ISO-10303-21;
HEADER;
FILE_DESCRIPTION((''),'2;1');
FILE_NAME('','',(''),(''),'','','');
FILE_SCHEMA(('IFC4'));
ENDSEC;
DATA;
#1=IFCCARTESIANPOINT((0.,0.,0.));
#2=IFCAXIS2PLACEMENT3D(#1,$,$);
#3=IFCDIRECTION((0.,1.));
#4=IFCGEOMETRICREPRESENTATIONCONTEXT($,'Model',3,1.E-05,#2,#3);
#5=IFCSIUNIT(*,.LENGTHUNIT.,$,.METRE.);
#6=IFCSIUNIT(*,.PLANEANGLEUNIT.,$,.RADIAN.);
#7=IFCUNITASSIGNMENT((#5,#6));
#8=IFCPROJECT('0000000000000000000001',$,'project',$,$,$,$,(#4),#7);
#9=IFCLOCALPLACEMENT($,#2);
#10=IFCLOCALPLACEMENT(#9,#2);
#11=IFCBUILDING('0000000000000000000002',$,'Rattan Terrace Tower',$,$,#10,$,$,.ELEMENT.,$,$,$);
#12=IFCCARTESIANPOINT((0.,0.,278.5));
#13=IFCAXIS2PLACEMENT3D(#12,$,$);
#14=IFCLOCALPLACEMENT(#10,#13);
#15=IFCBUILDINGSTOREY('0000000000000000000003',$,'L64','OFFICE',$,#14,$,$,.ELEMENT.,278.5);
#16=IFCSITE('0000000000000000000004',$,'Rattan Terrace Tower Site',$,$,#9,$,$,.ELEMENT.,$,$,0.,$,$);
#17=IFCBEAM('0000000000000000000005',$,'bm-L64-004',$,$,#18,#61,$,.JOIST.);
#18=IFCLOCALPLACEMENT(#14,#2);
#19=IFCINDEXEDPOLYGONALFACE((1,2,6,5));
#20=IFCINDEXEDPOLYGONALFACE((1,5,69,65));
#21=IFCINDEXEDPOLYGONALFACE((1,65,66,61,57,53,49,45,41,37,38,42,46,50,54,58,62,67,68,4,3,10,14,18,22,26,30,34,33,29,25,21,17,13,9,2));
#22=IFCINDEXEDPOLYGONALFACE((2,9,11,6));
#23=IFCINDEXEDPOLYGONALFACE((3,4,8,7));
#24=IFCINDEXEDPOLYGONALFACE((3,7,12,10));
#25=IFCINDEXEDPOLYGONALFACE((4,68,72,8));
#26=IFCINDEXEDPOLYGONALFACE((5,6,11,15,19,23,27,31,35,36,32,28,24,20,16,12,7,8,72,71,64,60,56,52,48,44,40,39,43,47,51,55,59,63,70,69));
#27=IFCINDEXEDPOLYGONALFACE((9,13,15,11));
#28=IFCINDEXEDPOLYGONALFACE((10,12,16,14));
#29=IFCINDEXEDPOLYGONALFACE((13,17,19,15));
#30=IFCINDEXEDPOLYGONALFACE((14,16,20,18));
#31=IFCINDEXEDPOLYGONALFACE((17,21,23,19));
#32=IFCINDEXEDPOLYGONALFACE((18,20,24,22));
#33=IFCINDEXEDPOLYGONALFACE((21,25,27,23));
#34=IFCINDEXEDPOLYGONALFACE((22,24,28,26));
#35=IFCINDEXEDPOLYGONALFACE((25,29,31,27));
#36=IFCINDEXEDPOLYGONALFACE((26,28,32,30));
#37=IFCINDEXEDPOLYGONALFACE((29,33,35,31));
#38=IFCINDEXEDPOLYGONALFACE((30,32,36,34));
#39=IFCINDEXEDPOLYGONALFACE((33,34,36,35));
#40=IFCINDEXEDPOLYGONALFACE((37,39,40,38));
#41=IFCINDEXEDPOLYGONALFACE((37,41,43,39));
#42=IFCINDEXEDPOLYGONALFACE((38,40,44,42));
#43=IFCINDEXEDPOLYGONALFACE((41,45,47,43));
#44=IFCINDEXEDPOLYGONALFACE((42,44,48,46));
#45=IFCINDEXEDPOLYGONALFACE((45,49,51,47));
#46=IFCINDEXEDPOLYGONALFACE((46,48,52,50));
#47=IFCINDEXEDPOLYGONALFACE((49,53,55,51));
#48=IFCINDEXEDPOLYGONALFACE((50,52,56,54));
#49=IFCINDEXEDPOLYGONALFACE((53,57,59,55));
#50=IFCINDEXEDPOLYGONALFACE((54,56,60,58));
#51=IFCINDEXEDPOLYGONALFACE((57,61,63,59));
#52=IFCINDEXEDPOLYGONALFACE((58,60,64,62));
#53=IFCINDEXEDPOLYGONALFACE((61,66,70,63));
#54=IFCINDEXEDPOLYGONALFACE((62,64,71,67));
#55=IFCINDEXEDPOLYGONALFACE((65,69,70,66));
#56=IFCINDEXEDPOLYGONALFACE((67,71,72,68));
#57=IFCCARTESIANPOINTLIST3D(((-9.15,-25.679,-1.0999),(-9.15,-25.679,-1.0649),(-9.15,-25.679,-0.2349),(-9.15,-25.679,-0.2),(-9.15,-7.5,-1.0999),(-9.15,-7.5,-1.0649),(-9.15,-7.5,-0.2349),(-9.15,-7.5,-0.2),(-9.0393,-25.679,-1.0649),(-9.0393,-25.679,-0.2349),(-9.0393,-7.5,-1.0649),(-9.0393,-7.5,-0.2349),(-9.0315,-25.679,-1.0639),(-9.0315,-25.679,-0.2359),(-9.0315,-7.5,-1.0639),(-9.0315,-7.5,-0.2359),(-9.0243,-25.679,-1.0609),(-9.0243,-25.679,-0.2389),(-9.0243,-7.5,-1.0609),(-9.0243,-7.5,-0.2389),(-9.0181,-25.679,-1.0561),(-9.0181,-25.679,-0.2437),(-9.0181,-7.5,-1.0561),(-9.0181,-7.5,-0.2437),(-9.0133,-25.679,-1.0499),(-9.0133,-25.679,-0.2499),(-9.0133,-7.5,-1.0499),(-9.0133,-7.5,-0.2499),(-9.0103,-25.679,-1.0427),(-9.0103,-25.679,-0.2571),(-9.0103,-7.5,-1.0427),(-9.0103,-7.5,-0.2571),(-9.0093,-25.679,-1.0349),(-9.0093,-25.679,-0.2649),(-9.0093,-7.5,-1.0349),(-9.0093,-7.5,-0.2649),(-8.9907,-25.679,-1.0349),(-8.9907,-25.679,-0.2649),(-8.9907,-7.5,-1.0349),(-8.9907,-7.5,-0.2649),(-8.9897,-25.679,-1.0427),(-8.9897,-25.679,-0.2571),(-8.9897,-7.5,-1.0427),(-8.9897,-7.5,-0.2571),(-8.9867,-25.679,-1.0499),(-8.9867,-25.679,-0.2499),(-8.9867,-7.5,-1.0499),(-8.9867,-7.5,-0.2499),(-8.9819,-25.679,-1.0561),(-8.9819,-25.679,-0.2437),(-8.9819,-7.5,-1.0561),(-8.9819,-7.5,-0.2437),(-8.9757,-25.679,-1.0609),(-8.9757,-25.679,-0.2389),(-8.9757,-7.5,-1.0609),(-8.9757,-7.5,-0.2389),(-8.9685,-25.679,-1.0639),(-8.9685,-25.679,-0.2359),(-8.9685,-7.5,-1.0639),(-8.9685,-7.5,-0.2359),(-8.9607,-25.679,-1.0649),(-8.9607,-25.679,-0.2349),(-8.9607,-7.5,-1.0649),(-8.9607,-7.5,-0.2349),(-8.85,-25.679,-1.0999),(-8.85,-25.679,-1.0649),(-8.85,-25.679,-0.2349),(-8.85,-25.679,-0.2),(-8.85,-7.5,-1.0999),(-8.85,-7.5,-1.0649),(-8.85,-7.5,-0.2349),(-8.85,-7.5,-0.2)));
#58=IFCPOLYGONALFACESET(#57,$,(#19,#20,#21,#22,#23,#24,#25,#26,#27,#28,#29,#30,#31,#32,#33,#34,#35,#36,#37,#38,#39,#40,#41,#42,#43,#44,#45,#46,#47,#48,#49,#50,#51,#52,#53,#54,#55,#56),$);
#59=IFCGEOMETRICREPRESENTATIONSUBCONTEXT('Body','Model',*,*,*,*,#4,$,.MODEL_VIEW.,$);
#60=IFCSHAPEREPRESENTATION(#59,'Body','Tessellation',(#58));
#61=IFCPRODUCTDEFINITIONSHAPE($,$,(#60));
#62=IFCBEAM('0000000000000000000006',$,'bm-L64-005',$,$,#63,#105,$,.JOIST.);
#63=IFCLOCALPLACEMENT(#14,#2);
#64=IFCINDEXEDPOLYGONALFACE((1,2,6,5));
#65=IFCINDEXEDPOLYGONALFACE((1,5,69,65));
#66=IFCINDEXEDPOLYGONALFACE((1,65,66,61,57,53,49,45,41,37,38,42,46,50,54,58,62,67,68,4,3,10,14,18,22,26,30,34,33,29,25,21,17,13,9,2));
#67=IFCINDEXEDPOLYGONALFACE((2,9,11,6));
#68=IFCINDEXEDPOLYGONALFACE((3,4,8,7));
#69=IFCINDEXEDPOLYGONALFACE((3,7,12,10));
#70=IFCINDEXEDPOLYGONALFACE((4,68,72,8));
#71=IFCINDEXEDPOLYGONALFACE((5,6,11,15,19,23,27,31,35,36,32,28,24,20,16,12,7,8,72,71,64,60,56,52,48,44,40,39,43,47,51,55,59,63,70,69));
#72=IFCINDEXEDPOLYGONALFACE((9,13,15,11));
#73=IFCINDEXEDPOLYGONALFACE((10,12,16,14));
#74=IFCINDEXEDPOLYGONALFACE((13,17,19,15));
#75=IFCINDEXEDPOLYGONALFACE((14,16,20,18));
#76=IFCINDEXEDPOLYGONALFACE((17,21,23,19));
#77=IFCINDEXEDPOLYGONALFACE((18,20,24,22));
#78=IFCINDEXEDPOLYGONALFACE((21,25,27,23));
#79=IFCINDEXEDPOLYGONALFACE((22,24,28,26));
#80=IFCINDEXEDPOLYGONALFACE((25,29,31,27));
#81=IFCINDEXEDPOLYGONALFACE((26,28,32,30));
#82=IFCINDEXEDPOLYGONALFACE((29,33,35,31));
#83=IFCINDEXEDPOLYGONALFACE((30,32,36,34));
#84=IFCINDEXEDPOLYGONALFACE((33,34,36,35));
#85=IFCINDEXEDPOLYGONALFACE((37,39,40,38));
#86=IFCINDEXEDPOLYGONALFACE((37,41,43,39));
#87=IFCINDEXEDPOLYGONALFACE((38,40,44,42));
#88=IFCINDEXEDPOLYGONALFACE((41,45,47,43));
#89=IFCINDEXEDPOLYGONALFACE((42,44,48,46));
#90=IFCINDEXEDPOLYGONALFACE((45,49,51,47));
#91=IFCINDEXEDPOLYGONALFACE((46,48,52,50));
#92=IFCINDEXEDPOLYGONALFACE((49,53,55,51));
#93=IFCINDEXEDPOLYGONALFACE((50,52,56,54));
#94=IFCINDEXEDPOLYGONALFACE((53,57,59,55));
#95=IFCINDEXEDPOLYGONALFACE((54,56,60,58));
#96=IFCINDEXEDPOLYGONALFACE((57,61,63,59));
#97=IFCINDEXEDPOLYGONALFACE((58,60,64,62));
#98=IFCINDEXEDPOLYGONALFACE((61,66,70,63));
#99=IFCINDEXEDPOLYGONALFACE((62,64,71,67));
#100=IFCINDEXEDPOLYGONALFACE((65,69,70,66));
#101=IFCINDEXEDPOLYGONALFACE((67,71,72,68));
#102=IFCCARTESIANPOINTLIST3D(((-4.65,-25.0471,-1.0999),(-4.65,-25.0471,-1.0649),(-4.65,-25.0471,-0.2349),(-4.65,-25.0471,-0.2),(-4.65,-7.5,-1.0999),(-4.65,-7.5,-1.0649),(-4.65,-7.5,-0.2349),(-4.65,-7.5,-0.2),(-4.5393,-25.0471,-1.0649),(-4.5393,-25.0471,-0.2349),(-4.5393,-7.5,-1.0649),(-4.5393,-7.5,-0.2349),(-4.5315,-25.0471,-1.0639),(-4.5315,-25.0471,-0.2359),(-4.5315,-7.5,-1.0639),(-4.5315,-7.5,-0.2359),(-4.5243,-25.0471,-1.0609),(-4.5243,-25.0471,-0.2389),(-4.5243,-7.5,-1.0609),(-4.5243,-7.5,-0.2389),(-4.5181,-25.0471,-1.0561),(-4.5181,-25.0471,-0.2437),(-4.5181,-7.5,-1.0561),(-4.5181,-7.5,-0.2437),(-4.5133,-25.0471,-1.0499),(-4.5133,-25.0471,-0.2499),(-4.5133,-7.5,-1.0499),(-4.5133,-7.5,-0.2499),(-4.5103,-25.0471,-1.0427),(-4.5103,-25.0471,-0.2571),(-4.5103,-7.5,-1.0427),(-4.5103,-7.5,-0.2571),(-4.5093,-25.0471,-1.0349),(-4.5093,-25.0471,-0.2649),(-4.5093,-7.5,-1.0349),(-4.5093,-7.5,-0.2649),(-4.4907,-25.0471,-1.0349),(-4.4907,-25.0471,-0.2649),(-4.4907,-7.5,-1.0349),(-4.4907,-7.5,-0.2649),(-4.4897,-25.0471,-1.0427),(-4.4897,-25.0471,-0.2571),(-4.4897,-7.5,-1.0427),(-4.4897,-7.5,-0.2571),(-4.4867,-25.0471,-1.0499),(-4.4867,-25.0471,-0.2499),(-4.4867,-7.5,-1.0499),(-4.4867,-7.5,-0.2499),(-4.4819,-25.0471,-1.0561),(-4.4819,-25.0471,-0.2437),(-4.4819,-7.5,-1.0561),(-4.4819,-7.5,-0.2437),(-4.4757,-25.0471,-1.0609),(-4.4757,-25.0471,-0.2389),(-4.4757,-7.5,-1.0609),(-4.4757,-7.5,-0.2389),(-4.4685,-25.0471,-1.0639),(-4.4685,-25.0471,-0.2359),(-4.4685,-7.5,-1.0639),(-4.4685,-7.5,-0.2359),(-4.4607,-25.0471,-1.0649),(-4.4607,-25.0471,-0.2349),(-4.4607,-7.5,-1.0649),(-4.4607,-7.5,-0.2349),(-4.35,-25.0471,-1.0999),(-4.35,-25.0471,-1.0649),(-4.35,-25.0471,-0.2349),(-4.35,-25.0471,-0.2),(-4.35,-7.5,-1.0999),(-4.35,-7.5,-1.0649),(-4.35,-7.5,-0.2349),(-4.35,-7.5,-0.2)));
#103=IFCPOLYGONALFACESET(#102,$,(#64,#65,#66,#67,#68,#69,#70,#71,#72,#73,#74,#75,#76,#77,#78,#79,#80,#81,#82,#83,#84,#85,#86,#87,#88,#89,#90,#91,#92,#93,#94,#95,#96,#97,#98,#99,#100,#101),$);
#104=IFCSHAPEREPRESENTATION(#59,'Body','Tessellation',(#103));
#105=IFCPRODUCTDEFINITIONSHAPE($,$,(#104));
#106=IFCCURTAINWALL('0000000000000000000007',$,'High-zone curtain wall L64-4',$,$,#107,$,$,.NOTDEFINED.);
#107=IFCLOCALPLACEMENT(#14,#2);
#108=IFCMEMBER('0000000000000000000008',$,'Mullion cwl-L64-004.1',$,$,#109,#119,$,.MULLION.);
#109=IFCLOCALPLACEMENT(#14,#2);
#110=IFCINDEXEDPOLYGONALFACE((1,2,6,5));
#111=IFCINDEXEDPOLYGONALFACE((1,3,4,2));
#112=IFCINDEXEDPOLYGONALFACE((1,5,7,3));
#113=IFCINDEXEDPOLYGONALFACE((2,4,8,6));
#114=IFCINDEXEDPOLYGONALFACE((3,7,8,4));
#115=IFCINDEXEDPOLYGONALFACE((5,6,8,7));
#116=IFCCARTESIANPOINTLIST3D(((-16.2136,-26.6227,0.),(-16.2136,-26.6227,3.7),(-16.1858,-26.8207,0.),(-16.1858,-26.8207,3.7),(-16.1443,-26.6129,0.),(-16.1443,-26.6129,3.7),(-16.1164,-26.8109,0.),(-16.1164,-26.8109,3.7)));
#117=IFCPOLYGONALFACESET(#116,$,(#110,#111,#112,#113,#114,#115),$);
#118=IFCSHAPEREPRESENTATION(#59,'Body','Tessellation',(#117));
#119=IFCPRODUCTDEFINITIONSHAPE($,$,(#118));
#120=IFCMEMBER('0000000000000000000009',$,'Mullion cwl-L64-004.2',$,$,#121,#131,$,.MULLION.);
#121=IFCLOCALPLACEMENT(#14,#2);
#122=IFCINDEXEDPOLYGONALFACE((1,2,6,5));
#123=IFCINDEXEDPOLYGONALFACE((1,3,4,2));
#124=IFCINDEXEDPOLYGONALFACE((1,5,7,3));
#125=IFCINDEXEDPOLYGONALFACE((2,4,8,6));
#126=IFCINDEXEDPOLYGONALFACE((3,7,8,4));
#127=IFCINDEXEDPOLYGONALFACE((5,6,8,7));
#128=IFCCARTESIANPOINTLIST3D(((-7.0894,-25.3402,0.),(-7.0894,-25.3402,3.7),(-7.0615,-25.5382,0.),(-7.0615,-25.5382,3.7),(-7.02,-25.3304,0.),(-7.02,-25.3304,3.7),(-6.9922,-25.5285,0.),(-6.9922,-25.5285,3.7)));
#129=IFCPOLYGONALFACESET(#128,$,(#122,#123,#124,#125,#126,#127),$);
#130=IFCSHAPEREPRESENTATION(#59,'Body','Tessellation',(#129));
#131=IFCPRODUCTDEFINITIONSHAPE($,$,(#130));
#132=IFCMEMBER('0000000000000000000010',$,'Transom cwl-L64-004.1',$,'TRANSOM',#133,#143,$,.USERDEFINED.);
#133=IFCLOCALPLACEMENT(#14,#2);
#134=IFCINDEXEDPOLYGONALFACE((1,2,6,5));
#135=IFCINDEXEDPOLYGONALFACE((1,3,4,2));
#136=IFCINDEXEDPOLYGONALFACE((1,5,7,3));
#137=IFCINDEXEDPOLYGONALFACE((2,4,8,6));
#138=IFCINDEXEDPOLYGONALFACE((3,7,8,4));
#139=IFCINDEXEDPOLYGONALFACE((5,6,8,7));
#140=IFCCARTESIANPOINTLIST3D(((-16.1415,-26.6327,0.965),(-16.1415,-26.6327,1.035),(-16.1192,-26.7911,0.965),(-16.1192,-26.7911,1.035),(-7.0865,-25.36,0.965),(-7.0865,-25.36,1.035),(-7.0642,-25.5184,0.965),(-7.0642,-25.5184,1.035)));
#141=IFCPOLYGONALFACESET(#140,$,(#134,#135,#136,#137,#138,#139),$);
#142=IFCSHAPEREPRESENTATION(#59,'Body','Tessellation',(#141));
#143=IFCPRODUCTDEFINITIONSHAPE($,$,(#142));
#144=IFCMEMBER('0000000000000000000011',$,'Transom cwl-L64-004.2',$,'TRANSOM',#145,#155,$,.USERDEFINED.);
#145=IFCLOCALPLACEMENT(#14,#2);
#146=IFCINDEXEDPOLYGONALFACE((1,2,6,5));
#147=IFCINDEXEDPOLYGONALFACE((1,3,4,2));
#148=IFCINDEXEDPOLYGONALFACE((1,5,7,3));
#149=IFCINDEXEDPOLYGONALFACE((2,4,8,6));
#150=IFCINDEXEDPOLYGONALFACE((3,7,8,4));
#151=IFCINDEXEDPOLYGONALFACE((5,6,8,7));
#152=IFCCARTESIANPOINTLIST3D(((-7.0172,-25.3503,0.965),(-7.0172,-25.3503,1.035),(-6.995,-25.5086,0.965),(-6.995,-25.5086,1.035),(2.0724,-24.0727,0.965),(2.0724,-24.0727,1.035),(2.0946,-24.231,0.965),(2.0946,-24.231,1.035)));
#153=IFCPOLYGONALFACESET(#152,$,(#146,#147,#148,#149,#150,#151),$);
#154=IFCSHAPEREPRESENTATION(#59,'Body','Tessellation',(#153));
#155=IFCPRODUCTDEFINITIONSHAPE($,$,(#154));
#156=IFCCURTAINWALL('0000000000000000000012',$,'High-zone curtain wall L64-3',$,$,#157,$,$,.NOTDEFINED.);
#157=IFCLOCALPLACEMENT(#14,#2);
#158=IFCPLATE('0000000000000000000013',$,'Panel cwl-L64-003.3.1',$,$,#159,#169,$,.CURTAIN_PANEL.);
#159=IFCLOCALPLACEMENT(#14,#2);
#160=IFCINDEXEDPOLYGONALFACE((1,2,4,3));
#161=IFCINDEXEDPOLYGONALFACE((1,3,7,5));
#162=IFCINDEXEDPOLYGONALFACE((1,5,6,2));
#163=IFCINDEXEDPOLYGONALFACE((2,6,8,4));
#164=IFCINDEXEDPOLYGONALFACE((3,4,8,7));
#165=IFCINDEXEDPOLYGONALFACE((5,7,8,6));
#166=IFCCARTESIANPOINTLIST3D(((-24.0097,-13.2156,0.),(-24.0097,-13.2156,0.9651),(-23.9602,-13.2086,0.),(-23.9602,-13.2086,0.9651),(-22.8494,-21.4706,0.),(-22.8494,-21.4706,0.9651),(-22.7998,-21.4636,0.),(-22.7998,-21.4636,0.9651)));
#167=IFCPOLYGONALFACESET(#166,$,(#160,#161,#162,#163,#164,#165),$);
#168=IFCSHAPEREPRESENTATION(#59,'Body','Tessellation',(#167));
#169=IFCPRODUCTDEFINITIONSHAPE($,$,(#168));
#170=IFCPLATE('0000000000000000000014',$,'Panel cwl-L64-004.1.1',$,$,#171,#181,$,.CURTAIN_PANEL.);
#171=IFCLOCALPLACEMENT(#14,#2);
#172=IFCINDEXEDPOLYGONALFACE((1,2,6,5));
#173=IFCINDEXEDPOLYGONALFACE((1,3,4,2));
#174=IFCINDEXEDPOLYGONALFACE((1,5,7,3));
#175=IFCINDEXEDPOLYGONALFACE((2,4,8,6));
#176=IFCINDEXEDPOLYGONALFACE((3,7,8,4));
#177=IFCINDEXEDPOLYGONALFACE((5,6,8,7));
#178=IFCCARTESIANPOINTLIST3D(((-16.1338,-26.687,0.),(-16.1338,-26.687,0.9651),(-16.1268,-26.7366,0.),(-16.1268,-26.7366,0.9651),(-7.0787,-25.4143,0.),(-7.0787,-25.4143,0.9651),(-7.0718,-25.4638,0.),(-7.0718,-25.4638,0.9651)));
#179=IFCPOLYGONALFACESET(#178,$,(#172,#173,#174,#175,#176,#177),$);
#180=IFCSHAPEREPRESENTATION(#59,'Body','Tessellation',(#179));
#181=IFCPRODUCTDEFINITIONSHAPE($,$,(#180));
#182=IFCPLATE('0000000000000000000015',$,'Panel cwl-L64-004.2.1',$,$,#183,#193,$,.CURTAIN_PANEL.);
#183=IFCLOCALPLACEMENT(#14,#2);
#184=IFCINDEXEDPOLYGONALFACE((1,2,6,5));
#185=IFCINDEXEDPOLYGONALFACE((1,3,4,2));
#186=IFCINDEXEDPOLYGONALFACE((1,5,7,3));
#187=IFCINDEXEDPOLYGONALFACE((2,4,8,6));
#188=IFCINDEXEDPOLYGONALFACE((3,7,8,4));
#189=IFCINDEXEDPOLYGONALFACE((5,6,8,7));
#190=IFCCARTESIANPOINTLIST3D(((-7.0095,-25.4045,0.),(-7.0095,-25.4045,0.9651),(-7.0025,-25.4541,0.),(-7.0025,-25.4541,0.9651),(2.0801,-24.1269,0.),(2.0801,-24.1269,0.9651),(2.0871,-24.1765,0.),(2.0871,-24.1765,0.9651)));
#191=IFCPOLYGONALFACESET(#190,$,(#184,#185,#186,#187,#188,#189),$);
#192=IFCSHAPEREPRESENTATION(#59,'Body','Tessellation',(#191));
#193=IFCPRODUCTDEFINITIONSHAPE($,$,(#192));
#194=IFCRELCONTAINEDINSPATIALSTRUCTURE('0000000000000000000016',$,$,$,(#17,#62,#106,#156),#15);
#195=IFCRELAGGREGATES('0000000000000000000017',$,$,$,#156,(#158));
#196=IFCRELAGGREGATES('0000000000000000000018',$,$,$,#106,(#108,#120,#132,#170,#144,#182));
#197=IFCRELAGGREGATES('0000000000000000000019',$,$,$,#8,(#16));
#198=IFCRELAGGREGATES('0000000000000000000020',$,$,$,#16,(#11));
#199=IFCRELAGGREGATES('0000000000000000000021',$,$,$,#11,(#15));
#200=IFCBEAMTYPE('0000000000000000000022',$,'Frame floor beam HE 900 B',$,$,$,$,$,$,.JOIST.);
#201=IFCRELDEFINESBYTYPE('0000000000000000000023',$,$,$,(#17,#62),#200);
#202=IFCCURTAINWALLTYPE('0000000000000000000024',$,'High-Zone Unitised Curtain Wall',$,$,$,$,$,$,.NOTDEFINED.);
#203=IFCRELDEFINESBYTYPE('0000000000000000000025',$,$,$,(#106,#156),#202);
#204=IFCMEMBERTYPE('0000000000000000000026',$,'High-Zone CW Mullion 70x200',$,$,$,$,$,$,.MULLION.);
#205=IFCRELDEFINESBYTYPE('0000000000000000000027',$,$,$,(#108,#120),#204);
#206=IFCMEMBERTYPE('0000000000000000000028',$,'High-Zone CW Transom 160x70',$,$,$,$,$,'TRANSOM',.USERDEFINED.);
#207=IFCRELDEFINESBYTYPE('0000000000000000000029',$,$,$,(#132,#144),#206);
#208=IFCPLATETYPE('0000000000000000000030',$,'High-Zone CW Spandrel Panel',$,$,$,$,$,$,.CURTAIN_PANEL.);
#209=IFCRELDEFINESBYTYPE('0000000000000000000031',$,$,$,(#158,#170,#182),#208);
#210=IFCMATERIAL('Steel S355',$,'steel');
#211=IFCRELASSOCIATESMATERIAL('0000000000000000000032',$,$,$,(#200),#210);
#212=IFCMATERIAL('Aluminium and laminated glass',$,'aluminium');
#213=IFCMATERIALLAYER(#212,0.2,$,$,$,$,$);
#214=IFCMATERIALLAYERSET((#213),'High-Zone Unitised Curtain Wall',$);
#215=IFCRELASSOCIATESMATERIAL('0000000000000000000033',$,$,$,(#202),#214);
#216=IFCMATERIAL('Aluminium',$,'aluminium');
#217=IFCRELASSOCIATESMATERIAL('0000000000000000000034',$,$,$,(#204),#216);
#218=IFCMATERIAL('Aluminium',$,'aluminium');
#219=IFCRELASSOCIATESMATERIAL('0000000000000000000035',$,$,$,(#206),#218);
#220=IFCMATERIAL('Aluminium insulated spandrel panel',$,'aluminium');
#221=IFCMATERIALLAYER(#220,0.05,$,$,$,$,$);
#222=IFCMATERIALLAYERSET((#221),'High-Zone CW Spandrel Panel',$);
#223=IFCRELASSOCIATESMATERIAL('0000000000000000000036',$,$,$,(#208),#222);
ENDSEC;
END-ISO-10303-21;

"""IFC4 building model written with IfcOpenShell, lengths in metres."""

from ifc_helpers import new_model, si_unit, direction, frame, origin, origin_2d, place, context, subcontext, project, spatial, rectangle, i_section, extrude, material, layer, layer_set, material_profile, profile_set, type_object, element, aggregate, save


model = new_model("IFC4")

# Units and contexts
model_context = context("Model", 3, precision=1e-05, world=origin(), true_north=direction((0.0, 1.0)))
body_context = subcontext(model_context, "Body", "Model", "MODEL_VIEW")
ifc_project = project(units=[si_unit("LENGTHUNIT", "METRE"), si_unit("PLANEANGLEUNIT", "RADIAN")], contexts=[model_context])

# Site, building, storey
site_placement = place(None, origin())
site = spatial("IfcSite", under=ifc_project, at=site_placement, Name="Rattan Terrace Tower Site", CompositionType="ELEMENT", RefElevation=0.0)
building_placement = place(site_placement, origin())
building = spatial("IfcBuilding", under=site, at=building_placement, Name="Rattan Terrace Tower", CompositionType="ELEMENT")
storey_placement = place(building_placement, frame((0.0, 0.0, 278.5)))
storey = spatial("IfcBuildingStorey", under=building, at=storey_placement, Name="L64", Description="OFFICE", CompositionType="ELEMENT", Elevation=278.5)

# Beams
ifc_material_1 = material(Name="Steel S355", Category="steel")
ifc_material_profile_1 = material_profile(ifc_material_1, i_section(OverallWidth=0.3, OverallDepth=0.8999, WebThickness=0.0186, FlangeThickness=0.0349, FilletRadius=0.03, at=origin_2d()), Name="HE 900 B")
ifc_profile_set_1 = profile_set([ifc_material_profile_1], Name="Steel S355")
beam_type_1 = type_object("IfcBeamType", Name="Frame floor beam HE 900 B", PredefinedType="JOIST", material=ifc_profile_set_1)
beam_1_placement = place(storey_placement, frame((-9.0, -25.679, -0.6499), z_axis=(0.0, 1.0, 0.0), x_axis=(-1.0, 0.0, 0.0)))
element("IfcBeam", 1, at=beam_1_placement, inside=storey, type_object=beam_type_1, Name="bm-L64-004", PredefinedType="JOIST", context=body_context, shape_type="SweptSolid", body=[
    extrude(i_section(OverallWidth=0.3, OverallDepth=0.8999, WebThickness=0.0186, FlangeThickness=0.0349, FilletRadius=0.03, at=origin_2d()), origin(), (0.0, 0.0, 1.0), 18.179),
])
beam_2_placement = place(storey_placement, frame((-4.5, -25.0471, -0.6499), z_axis=(0.0, 1.0, 0.0), x_axis=(-1.0, 0.0, 0.0)))
element("IfcBeam", 2, at=beam_2_placement, inside=storey, type_object=beam_type_1, Name="bm-L64-005", PredefinedType="JOIST", context=body_context, shape_type="SweptSolid", body=[
    extrude(i_section(OverallWidth=0.3, OverallDepth=0.8999, WebThickness=0.0186, FlangeThickness=0.0349, FilletRadius=0.03, at=origin_2d()), origin(), (0.0, 0.0, 1.0), 17.5471),
])

# Curtain wall, members
ifc_material_2 = material(Name="Aluminium and laminated glass", Category="aluminium")
ifc_layer_1 = layer(ifc_material_2, 0.2)
ifc_layer_set_1 = layer_set([ifc_layer_1], Name="High-Zone Unitised Curtain Wall")
curtain_wall_type = type_object("IfcCurtainWallType", Name="High-Zone Unitised Curtain Wall", PredefinedType="NOTDEFINED", material=ifc_layer_set_1)
curtain_wall_1_placement = place(storey_placement, origin())
curtain_wall_1 = element("IfcCurtainWall", 3, at=curtain_wall_1_placement, inside=storey, type_object=curtain_wall_type, Name="High-zone curtain wall L64-4", PredefinedType="NOTDEFINED")
ifc_material_3 = material(Name="Aluminium", Category="aluminium")
ifc_material_profile_2 = material_profile(ifc_material_3, rectangle(XDim=0.0701, YDim=0.2, at=origin_2d()), Name="Aluminium 70x200")
ifc_profile_set_2 = profile_set([ifc_material_profile_2], Name="Aluminium")
member_type_1 = type_object("IfcMemberType", Name="High-Zone CW Mullion 70x200", PredefinedType="MULLION", material=ifc_profile_set_2)
member_1_placement = place(storey_placement, frame((-16.165, -26.7168, 0.0), z_axis=(0.0, 0.0, 1.0), x_axis=(0.990266, 0.139189, 0.0)))
member_1 = element("IfcMember", 4, at=member_1_placement, type_object=member_type_1, Name="Mullion cwl-L64-004.1", PredefinedType="MULLION", context=body_context, shape_type="SweptSolid", body=[
    extrude(rectangle(XDim=0.0701, YDim=0.2, at=origin_2d()), origin(), (0.0, 0.0, 1.0), 3.7),
])
member_2_placement = place(storey_placement, frame((-7.0408, -25.4343, 0.0), z_axis=(0.0, 0.0, 1.0), x_axis=(0.990266, 0.139189, 0.0)))
member_2 = element("IfcMember", 5, at=member_2_placement, type_object=member_type_1, Name="Mullion cwl-L64-004.2", PredefinedType="MULLION", context=body_context, shape_type="SweptSolid", body=[
    extrude(rectangle(XDim=0.0701, YDim=0.2, at=origin_2d()), origin(), (0.0, 0.0, 1.0), 3.7),
])
ifc_material_4 = material(Name="Aluminium", Category="aluminium")
ifc_material_profile_3 = material_profile(ifc_material_4, rectangle(XDim=0.1599, YDim=0.0701, at=origin_2d()), Name="Aluminium 160x70")
ifc_profile_set_3 = profile_set([ifc_material_profile_3], Name="Aluminium")
member_type_2 = type_object("IfcMemberType", Name="High-Zone CW Transom 160x70", ElementType="TRANSOM", PredefinedType="USERDEFINED", material=ifc_profile_set_3)
member_3_placement = place(storey_placement, frame((-16.1304, -26.7119, 1.0), z_axis=(0.990266, 0.139186, 0.0), x_axis=(-0.139186, 0.990266, 0.0)))
member_3 = element("IfcMember", 6, at=member_3_placement, type_object=member_type_2, Name="Transom cwl-L64-004.1", ObjectType="TRANSOM", PredefinedType="USERDEFINED", context=body_context, shape_type="SweptSolid", body=[
    extrude(rectangle(XDim=0.1599, YDim=0.0701, at=origin_2d()), origin(), (0.0, 0.0, 1.0), 9.144),
])
member_4_placement = place(storey_placement, frame((-7.0061, -25.4294, 1.0), z_axis=(0.990266, 0.139187, 0.0), x_axis=(-0.139187, 0.990266, 0.0)))
member_4 = element("IfcMember", 7, at=member_4_placement, type_object=member_type_2, Name="Transom cwl-L64-004.2", ObjectType="TRANSOM", PredefinedType="USERDEFINED", context=body_context, shape_type="SweptSolid", body=[
    extrude(rectangle(XDim=0.1599, YDim=0.0701, at=origin_2d()), origin(), (0.0, 0.0, 1.0), 9.179),
])

# Curtain wall, plate
curtain_wall_2_placement = place(storey_placement, origin())
curtain_wall_2 = element("IfcCurtainWall", 8, at=curtain_wall_2_placement, inside=storey, type_object=curtain_wall_type, Name="High-zone curtain wall L64-3", PredefinedType="NOTDEFINED")
ifc_material_5 = material(Name="Aluminium insulated spandrel panel", Category="aluminium")
ifc_layer_2 = layer(ifc_material_5, 0.05)
ifc_layer_set_2 = layer_set([ifc_layer_2], Name="High-Zone CW Spandrel Panel")
plate_type_1 = type_object("IfcPlateType", Name="High-Zone CW Spandrel Panel", PredefinedType="CURTAIN_PANEL", material=ifc_layer_set_2)
plate_1_placement = place(storey_placement, frame((-23.4048, -17.3396, 0.0), z_axis=(0.0, 0.0, 1.0), x_axis=(0.139192, -0.990265, 0.0)))
plate_1 = element("IfcPlate", 9, at=plate_1_placement, type_object=plate_type_1, Name="Panel cwl-L64-003.3.1", PredefinedType="CURTAIN_PANEL", context=body_context, shape_type="SweptSolid", body=[
    extrude(rectangle(XDim=8.3362, YDim=0.05, at=origin_2d()), origin(), (0.0, 0.0, 1.0), 0.9651),
])

# Plates
plate_2_placement = place(storey_placement, frame((-11.6028, -26.0754, 0.0), z_axis=(0.0, 0.0, 1.0), x_axis=(0.990266, 0.139189, 0.0)))
plate_2 = element("IfcPlate", 10, at=plate_2_placement, type_object=plate_type_1, Name="Panel cwl-L64-004.1.1", PredefinedType="CURTAIN_PANEL", context=body_context, shape_type="SweptSolid", body=[
    extrude(rectangle(XDim=9.144, YDim=0.05, at=origin_2d()), origin(), (0.0, 0.0, 1.0), 0.9651),
])
plate_3_placement = place(storey_placement, frame((-2.4612, -24.7905, 0.0), z_axis=(0.0, 0.0, 1.0), x_axis=(0.990266, 0.139189, 0.0)))
plate_3 = element("IfcPlate", 11, at=plate_3_placement, type_object=plate_type_1, Name="Panel cwl-L64-004.2.1", PredefinedType="CURTAIN_PANEL", context=body_context, shape_type="SweptSolid", body=[
    extrude(rectangle(XDim=9.179, YDim=0.05, at=origin_2d()), origin(), (0.0, 0.0, 1.0), 0.9651),
])
aggregate(curtain_wall_2, [plate_1])
aggregate(curtain_wall_1, [member_1, member_2, member_3, plate_2, member_4, plate_3])

save(model, "model.ifc")
